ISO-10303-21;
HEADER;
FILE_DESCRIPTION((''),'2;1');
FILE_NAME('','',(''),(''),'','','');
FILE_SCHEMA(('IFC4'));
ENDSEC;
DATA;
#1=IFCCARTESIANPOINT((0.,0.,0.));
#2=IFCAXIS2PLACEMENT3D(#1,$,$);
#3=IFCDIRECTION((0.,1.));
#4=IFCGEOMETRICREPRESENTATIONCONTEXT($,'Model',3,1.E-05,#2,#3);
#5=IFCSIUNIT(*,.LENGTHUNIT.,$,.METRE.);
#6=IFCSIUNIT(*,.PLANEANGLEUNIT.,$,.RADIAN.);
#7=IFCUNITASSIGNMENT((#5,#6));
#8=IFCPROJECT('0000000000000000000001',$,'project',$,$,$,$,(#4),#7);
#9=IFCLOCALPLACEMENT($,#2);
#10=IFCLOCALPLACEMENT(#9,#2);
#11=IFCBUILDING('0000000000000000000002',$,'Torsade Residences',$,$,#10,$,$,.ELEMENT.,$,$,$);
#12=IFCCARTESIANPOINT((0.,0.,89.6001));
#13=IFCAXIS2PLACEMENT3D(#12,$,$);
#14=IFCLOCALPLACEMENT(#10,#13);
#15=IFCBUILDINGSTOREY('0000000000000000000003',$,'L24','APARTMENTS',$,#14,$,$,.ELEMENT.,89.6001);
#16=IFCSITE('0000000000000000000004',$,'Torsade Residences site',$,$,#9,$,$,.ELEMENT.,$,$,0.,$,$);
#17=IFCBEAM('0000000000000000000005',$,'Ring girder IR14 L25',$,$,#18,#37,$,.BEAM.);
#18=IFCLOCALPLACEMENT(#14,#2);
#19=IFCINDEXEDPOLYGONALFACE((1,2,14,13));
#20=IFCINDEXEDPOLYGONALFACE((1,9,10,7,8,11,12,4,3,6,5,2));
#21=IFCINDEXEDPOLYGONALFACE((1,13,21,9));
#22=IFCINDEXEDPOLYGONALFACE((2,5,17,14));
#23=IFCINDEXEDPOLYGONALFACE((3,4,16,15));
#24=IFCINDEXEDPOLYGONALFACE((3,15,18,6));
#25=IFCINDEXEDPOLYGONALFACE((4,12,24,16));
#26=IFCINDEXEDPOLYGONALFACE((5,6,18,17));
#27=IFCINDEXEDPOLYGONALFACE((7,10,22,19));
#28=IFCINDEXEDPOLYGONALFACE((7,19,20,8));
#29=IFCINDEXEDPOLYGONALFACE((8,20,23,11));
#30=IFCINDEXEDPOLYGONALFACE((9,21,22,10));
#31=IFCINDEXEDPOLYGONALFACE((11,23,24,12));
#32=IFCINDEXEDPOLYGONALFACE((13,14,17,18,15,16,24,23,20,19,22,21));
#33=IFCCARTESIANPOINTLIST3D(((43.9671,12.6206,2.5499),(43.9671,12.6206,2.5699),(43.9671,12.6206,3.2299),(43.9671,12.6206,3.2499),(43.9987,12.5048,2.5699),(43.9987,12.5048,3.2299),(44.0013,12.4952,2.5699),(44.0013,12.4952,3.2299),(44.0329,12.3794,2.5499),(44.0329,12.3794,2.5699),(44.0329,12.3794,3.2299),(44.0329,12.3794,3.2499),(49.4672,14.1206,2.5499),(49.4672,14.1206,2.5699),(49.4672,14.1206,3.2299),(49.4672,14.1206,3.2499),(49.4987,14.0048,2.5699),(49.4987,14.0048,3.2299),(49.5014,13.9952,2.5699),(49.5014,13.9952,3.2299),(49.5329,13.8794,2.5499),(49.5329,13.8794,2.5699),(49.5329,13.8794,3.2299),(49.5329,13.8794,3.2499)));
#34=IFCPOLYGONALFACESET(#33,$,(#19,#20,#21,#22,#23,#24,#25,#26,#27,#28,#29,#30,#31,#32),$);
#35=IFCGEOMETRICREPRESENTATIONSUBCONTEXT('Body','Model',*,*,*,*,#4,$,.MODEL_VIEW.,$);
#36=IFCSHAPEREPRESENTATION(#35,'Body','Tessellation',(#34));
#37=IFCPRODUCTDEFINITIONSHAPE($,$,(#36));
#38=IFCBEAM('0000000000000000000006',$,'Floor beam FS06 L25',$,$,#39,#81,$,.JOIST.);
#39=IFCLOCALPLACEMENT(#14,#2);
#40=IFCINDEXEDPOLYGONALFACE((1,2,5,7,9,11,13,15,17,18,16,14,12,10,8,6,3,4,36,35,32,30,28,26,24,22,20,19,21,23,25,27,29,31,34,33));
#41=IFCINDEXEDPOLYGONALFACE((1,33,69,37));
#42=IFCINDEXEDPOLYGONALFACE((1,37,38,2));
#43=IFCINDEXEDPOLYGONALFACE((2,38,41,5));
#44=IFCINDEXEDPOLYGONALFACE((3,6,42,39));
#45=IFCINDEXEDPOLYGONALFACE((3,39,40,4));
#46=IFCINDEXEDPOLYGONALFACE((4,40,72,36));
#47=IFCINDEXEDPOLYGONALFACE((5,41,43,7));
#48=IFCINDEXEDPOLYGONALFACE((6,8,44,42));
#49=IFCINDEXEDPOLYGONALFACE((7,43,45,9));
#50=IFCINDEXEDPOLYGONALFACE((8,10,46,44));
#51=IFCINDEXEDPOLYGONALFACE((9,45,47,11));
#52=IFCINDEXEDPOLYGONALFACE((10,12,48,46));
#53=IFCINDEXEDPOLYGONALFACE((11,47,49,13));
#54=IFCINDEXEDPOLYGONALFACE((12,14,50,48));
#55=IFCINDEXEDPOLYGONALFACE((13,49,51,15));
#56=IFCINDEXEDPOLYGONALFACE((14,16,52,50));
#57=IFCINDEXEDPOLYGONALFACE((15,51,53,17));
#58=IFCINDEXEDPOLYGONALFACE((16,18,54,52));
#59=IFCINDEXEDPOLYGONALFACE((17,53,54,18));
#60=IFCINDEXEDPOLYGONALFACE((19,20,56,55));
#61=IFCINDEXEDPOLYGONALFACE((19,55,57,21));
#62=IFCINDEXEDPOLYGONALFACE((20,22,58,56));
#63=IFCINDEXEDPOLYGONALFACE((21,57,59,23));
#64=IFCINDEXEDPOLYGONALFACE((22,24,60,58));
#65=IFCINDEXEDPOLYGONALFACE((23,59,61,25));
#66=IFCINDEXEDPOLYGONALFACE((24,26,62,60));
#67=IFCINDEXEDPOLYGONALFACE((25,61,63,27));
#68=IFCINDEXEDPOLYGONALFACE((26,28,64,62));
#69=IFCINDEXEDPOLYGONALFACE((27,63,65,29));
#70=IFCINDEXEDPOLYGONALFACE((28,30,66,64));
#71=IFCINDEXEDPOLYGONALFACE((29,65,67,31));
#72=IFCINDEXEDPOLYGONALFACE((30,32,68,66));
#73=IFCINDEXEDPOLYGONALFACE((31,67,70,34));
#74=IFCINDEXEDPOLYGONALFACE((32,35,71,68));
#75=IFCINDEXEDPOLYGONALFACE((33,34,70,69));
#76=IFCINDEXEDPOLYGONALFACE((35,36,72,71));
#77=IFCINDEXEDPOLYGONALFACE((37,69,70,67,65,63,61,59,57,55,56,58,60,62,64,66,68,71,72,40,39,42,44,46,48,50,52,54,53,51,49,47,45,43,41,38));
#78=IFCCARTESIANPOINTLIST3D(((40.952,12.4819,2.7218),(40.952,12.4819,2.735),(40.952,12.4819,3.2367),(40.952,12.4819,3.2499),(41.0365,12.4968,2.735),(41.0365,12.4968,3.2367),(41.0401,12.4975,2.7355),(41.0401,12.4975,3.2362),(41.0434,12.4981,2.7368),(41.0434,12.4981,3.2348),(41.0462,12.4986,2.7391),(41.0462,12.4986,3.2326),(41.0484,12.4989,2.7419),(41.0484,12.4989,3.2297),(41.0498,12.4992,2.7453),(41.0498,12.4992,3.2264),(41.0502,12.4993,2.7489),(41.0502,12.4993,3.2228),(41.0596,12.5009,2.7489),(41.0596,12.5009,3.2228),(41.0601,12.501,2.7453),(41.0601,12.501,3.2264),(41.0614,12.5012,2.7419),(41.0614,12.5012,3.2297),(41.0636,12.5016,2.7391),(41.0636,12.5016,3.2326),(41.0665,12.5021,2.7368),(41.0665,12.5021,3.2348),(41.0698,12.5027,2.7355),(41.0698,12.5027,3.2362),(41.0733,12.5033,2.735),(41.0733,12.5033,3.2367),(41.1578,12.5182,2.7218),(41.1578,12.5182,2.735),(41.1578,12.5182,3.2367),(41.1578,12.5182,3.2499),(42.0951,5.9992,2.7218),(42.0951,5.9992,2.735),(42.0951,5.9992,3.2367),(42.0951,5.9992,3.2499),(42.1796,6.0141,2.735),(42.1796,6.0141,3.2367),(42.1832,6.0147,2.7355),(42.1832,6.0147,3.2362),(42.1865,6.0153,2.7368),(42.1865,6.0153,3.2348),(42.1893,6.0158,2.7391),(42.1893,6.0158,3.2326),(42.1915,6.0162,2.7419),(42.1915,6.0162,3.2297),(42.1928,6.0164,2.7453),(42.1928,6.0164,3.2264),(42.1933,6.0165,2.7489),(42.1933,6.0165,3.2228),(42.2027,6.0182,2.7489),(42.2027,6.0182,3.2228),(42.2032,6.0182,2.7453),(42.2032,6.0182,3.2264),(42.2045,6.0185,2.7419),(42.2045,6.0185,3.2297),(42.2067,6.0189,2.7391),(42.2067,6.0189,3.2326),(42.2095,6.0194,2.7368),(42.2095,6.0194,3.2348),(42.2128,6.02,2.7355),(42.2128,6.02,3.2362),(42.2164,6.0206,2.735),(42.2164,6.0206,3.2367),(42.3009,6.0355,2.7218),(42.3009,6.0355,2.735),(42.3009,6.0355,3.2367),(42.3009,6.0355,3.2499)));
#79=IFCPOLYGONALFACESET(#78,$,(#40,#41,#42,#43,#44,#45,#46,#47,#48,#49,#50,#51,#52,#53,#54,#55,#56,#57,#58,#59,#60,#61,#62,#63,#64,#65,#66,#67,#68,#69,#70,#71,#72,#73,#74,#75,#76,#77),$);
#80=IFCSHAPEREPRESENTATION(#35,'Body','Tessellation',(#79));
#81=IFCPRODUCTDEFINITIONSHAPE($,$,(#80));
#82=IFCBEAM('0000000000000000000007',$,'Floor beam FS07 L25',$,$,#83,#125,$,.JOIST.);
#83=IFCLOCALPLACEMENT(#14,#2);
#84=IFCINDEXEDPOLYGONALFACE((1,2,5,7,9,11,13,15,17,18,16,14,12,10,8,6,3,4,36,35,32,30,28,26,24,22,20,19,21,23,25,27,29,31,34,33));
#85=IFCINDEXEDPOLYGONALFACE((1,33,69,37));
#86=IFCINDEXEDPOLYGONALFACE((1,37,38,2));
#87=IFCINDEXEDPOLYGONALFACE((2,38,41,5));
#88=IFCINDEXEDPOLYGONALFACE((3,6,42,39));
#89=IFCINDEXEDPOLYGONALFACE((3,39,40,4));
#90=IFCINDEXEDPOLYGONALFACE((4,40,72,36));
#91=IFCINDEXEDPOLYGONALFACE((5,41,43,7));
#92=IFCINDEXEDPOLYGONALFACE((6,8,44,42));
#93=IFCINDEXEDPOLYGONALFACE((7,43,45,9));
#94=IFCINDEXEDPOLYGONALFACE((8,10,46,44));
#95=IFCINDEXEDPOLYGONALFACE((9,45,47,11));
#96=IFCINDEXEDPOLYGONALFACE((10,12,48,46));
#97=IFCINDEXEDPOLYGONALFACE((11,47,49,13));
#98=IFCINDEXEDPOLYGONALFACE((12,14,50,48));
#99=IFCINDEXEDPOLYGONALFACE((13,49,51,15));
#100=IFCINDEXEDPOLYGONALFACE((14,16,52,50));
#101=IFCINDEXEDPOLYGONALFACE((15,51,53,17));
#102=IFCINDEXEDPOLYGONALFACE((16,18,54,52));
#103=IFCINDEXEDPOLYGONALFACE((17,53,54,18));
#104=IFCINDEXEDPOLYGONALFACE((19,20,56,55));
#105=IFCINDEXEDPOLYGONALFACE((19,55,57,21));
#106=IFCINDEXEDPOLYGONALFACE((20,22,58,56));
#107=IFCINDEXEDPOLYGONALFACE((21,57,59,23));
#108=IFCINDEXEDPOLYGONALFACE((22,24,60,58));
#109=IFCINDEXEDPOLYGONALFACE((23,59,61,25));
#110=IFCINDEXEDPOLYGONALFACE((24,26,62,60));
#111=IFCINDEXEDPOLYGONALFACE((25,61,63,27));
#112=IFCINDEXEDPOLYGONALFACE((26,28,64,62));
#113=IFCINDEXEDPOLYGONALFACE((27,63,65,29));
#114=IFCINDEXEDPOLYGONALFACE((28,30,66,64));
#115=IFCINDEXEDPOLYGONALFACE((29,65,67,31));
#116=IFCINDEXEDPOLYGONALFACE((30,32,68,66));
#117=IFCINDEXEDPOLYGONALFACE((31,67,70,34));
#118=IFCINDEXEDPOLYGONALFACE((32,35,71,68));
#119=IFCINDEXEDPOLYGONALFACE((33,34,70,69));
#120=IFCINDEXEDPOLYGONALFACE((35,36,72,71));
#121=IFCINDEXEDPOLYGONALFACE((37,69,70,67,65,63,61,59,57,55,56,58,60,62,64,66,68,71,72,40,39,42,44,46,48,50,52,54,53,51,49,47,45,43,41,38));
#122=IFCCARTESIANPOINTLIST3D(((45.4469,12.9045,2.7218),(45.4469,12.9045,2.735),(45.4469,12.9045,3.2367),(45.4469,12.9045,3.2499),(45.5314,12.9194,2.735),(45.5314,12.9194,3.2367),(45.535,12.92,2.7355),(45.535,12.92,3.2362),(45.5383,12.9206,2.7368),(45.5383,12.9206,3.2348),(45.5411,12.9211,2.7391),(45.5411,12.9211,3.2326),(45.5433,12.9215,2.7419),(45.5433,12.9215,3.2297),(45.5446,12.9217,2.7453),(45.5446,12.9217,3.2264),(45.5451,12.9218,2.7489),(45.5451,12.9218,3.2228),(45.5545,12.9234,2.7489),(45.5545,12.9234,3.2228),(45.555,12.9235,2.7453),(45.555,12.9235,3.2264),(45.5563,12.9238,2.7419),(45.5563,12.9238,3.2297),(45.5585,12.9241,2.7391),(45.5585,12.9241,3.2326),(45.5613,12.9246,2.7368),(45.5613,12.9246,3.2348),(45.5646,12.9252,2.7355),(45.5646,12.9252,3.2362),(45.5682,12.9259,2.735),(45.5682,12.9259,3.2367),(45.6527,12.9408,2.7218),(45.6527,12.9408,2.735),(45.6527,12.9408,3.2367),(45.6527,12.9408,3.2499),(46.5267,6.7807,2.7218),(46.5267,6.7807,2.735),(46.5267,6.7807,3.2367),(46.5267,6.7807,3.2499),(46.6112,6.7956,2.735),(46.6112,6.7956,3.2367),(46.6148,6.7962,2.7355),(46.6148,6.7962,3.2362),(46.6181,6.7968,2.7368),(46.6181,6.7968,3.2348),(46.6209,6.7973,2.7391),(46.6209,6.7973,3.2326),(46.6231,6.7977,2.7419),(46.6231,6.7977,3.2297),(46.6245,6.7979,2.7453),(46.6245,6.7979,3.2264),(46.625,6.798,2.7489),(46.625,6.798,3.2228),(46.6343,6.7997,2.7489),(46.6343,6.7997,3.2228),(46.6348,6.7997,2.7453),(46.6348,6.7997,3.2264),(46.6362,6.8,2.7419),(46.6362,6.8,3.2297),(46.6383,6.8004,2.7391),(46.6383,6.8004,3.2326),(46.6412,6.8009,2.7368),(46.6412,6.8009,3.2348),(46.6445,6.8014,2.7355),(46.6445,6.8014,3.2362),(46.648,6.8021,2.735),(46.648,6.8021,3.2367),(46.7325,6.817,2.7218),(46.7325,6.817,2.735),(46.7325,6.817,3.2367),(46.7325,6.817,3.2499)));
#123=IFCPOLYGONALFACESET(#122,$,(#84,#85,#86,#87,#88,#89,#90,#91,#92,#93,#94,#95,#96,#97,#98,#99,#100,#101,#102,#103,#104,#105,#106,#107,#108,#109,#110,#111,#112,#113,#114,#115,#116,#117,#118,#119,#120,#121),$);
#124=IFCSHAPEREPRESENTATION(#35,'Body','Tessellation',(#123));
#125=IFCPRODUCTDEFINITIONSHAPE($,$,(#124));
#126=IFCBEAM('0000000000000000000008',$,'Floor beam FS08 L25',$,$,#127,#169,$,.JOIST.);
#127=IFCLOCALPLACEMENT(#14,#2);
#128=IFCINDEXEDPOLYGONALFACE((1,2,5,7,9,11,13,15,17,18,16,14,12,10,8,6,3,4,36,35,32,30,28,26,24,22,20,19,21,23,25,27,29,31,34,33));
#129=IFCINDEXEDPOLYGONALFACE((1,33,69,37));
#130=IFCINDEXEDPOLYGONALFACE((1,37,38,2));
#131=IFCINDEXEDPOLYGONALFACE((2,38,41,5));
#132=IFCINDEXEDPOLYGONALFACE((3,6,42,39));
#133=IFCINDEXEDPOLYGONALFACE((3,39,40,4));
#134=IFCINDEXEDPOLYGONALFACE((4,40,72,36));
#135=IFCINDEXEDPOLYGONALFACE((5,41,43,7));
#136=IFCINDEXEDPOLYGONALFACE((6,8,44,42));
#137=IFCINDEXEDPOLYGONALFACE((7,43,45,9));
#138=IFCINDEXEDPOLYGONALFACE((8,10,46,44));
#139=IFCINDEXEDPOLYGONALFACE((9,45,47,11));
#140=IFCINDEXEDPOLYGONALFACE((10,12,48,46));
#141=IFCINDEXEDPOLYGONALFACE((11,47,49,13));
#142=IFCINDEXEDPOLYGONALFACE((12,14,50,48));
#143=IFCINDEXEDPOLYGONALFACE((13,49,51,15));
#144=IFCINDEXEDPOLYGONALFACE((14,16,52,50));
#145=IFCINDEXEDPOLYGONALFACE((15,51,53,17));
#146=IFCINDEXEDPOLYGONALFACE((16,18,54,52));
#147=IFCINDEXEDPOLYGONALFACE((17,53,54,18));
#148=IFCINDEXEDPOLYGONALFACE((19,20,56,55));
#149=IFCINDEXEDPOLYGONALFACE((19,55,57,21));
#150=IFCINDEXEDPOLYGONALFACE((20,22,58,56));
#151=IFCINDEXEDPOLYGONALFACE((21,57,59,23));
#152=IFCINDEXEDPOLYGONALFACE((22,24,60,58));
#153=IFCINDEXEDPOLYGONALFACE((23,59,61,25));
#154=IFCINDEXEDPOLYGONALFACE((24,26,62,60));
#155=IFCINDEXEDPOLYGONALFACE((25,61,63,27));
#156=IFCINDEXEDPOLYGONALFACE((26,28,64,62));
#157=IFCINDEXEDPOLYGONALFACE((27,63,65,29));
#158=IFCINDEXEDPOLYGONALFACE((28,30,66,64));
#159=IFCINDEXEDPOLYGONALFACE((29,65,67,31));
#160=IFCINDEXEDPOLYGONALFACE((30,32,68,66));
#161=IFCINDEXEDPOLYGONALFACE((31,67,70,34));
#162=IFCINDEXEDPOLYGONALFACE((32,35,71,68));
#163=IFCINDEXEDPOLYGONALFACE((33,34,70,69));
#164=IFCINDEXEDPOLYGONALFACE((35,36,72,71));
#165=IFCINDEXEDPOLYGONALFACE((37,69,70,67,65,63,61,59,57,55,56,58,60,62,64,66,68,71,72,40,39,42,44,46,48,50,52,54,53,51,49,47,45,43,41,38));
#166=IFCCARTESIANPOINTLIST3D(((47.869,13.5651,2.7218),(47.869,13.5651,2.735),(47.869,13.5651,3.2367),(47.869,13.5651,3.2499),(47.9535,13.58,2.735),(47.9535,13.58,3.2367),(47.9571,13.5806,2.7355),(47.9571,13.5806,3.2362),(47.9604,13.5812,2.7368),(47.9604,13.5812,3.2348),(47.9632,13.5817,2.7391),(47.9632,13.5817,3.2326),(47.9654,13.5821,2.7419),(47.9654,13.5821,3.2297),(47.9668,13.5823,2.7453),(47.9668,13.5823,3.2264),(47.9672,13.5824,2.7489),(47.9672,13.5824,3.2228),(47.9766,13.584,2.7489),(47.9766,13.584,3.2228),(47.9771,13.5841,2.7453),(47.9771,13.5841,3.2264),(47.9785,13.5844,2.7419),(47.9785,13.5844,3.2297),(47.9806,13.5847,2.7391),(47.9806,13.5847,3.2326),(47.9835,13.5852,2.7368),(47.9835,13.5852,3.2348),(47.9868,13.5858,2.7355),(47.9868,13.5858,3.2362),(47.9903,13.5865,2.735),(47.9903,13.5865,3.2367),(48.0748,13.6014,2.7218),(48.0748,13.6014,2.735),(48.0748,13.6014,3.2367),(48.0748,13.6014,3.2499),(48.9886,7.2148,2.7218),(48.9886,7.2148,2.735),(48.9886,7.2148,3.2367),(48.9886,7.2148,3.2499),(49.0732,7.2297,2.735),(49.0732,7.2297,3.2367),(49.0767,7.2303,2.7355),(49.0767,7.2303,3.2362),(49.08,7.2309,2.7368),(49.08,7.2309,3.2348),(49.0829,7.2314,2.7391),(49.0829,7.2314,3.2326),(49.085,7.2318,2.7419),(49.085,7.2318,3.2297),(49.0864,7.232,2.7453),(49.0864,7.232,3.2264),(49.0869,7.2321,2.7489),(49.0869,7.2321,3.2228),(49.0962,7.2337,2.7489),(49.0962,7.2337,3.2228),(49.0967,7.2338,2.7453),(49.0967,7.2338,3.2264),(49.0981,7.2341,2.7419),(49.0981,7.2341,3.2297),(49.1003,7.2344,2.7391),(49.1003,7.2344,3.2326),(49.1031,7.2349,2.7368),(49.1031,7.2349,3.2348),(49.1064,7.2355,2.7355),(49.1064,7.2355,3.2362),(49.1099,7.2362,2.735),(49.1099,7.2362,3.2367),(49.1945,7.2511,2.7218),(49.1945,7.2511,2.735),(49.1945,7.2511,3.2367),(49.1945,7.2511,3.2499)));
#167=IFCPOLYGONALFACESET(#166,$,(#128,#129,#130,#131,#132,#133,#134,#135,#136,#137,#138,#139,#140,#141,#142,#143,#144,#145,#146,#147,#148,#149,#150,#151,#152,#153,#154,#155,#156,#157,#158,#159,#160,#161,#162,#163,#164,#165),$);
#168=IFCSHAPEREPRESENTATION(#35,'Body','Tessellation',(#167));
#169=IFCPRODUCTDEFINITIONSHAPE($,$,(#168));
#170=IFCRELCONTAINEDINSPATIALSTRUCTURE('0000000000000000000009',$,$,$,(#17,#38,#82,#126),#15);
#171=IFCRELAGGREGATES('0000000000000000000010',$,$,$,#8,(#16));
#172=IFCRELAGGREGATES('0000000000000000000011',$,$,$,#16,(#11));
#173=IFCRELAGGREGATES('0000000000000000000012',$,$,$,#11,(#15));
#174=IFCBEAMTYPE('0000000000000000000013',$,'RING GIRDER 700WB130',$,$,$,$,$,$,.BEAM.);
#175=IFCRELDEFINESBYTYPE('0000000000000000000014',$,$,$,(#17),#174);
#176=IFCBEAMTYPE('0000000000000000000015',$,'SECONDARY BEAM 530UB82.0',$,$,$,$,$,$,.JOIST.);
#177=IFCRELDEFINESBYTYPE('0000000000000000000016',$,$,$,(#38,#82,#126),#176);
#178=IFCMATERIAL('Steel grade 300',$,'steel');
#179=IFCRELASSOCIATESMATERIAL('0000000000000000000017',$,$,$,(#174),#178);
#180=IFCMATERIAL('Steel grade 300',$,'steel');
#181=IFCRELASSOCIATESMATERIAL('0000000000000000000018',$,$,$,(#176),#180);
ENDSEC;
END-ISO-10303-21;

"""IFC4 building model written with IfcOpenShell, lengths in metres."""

from ifc_helpers import new_model, si_unit, direction, frame, origin, origin_2d, place, context, subcontext, project, spatial, i_section, extrude, material, material_profile, profile_set, type_object, element, save


model = new_model("IFC4")

# Units and contexts
model_context = context("Model", 3, precision=1e-05, world=origin(), true_north=direction((0.0, 1.0)))
body_context = subcontext(model_context, "Body", "Model", "MODEL_VIEW")
ifc_project = project(units=[si_unit("LENGTHUNIT", "METRE"), si_unit("PLANEANGLEUNIT", "RADIAN")], contexts=[model_context])

# Site, building, storey
site_placement = place(None, origin())
site = spatial("IfcSite", under=ifc_project, at=site_placement, Name="Torsade Residences site", CompositionType="ELEMENT", RefElevation=0.0)
building_placement = place(site_placement, origin())
building = spatial("IfcBuilding", under=site, at=building_placement, Name="Torsade Residences", CompositionType="ELEMENT")
storey_placement = place(building_placement, frame((0.0, 0.0, 89.6001)))
storey = spatial("IfcBuildingStorey", under=building, at=storey_placement, Name="L24", Description="APARTMENTS", CompositionType="ELEMENT", Elevation=89.6001)

# Beams
ifc_material_1 = material(Name="Steel grade 300", Category="steel")
ifc_material_profile_1 = material_profile(ifc_material_1, i_section(OverallWidth=0.25, OverallDepth=0.7, WebThickness=0.01, FlangeThickness=0.02, at=origin_2d()), Name="700WB130")
ifc_profile_set_1 = profile_set([ifc_material_profile_1], Name="Steel grade 300")
beam_type_1 = type_object("IfcBeamType", Name="RING GIRDER 700WB130", PredefinedType="BEAM", material=ifc_profile_set_1)
beam_1_placement = place(storey_placement, frame((44.0, 12.5, 2.8999), z_axis=(0.964764, 0.263117, 0.0), x_axis=(-0.263117, 0.964764, 0.0)))
element("IfcBeam", 1, at=beam_1_placement, inside=storey, type_object=beam_type_1, Name="Ring girder IR14 L25", PredefinedType="BEAM", context=body_context, shape_type="SweptSolid", body=[
    extrude(i_section(OverallWidth=0.25, OverallDepth=0.7, WebThickness=0.01, FlangeThickness=0.02, at=origin_2d()), origin(), (0.0, 0.0, 1.0), 5.7009),
])
ifc_material_2 = material(Name="Steel grade 300", Category="steel")
ifc_material_profile_2 = material_profile(ifc_material_2, i_section(OverallWidth=0.209, OverallDepth=0.5281, WebThickness=0.0095, FlangeThickness=0.0132, FilletRadius=0.0139, at=origin_2d()), Name="530UB82.0")
ifc_profile_set_2 = profile_set([ifc_material_profile_2], Name="Steel grade 300")
beam_type_2 = type_object("IfcBeamType", Name="SECONDARY BEAM 530UB82.0", PredefinedType="JOIST", material=ifc_profile_set_2)
beam_2_placement = place(storey_placement, frame((42.198, 6.0173, 2.9858), z_axis=(-0.173648, 0.984808, 0.0), x_axis=(-0.984808, -0.173648, 0.0)))
element("IfcBeam", 2, at=beam_2_placement, inside=storey, type_object=beam_type_2, Name="Floor beam FS06 L25", PredefinedType="JOIST", context=body_context, shape_type="SweptSolid", body=[
    extrude(i_section(OverallWidth=0.209, OverallDepth=0.5281, WebThickness=0.0095, FlangeThickness=0.0132, FilletRadius=0.0139, at=origin_2d()), origin(), (0.0, 0.0, 1.0), 6.5828),
])
beam_3_placement = place(storey_placement, frame((46.6296, 6.7988, 2.9858), z_axis=(-0.173655, 0.984806, 0.0), x_axis=(-0.984806, -0.173655, 0.0)))
element("IfcBeam", 3, at=beam_3_placement, inside=storey, type_object=beam_type_2, Name="Floor beam FS07 L25", PredefinedType="JOIST", context=body_context, shape_type="SweptSolid", body=[
    extrude(i_section(OverallWidth=0.209, OverallDepth=0.5281, WebThickness=0.0095, FlangeThickness=0.0132, FilletRadius=0.0139, at=origin_2d()), origin(), (0.0, 0.0, 1.0), 6.2183),
])
beam_4_placement = place(storey_placement, frame((49.0916, 7.2329, 2.9858), z_axis=(-0.173632, 0.984811, 0.0), x_axis=(-0.984811, -0.173632, 0.0)))
element("IfcBeam", 4, at=beam_4_placement, inside=storey, type_object=beam_type_2, Name="Floor beam FS08 L25", PredefinedType="JOIST", context=body_context, shape_type="SweptSolid", body=[
    extrude(i_section(OverallWidth=0.209, OverallDepth=0.5281, WebThickness=0.0095, FlangeThickness=0.0132, FilletRadius=0.0139, at=origin_2d()), origin(), (0.0, 0.0, 1.0), 6.4482),
])

save(model, "model.ifc")
